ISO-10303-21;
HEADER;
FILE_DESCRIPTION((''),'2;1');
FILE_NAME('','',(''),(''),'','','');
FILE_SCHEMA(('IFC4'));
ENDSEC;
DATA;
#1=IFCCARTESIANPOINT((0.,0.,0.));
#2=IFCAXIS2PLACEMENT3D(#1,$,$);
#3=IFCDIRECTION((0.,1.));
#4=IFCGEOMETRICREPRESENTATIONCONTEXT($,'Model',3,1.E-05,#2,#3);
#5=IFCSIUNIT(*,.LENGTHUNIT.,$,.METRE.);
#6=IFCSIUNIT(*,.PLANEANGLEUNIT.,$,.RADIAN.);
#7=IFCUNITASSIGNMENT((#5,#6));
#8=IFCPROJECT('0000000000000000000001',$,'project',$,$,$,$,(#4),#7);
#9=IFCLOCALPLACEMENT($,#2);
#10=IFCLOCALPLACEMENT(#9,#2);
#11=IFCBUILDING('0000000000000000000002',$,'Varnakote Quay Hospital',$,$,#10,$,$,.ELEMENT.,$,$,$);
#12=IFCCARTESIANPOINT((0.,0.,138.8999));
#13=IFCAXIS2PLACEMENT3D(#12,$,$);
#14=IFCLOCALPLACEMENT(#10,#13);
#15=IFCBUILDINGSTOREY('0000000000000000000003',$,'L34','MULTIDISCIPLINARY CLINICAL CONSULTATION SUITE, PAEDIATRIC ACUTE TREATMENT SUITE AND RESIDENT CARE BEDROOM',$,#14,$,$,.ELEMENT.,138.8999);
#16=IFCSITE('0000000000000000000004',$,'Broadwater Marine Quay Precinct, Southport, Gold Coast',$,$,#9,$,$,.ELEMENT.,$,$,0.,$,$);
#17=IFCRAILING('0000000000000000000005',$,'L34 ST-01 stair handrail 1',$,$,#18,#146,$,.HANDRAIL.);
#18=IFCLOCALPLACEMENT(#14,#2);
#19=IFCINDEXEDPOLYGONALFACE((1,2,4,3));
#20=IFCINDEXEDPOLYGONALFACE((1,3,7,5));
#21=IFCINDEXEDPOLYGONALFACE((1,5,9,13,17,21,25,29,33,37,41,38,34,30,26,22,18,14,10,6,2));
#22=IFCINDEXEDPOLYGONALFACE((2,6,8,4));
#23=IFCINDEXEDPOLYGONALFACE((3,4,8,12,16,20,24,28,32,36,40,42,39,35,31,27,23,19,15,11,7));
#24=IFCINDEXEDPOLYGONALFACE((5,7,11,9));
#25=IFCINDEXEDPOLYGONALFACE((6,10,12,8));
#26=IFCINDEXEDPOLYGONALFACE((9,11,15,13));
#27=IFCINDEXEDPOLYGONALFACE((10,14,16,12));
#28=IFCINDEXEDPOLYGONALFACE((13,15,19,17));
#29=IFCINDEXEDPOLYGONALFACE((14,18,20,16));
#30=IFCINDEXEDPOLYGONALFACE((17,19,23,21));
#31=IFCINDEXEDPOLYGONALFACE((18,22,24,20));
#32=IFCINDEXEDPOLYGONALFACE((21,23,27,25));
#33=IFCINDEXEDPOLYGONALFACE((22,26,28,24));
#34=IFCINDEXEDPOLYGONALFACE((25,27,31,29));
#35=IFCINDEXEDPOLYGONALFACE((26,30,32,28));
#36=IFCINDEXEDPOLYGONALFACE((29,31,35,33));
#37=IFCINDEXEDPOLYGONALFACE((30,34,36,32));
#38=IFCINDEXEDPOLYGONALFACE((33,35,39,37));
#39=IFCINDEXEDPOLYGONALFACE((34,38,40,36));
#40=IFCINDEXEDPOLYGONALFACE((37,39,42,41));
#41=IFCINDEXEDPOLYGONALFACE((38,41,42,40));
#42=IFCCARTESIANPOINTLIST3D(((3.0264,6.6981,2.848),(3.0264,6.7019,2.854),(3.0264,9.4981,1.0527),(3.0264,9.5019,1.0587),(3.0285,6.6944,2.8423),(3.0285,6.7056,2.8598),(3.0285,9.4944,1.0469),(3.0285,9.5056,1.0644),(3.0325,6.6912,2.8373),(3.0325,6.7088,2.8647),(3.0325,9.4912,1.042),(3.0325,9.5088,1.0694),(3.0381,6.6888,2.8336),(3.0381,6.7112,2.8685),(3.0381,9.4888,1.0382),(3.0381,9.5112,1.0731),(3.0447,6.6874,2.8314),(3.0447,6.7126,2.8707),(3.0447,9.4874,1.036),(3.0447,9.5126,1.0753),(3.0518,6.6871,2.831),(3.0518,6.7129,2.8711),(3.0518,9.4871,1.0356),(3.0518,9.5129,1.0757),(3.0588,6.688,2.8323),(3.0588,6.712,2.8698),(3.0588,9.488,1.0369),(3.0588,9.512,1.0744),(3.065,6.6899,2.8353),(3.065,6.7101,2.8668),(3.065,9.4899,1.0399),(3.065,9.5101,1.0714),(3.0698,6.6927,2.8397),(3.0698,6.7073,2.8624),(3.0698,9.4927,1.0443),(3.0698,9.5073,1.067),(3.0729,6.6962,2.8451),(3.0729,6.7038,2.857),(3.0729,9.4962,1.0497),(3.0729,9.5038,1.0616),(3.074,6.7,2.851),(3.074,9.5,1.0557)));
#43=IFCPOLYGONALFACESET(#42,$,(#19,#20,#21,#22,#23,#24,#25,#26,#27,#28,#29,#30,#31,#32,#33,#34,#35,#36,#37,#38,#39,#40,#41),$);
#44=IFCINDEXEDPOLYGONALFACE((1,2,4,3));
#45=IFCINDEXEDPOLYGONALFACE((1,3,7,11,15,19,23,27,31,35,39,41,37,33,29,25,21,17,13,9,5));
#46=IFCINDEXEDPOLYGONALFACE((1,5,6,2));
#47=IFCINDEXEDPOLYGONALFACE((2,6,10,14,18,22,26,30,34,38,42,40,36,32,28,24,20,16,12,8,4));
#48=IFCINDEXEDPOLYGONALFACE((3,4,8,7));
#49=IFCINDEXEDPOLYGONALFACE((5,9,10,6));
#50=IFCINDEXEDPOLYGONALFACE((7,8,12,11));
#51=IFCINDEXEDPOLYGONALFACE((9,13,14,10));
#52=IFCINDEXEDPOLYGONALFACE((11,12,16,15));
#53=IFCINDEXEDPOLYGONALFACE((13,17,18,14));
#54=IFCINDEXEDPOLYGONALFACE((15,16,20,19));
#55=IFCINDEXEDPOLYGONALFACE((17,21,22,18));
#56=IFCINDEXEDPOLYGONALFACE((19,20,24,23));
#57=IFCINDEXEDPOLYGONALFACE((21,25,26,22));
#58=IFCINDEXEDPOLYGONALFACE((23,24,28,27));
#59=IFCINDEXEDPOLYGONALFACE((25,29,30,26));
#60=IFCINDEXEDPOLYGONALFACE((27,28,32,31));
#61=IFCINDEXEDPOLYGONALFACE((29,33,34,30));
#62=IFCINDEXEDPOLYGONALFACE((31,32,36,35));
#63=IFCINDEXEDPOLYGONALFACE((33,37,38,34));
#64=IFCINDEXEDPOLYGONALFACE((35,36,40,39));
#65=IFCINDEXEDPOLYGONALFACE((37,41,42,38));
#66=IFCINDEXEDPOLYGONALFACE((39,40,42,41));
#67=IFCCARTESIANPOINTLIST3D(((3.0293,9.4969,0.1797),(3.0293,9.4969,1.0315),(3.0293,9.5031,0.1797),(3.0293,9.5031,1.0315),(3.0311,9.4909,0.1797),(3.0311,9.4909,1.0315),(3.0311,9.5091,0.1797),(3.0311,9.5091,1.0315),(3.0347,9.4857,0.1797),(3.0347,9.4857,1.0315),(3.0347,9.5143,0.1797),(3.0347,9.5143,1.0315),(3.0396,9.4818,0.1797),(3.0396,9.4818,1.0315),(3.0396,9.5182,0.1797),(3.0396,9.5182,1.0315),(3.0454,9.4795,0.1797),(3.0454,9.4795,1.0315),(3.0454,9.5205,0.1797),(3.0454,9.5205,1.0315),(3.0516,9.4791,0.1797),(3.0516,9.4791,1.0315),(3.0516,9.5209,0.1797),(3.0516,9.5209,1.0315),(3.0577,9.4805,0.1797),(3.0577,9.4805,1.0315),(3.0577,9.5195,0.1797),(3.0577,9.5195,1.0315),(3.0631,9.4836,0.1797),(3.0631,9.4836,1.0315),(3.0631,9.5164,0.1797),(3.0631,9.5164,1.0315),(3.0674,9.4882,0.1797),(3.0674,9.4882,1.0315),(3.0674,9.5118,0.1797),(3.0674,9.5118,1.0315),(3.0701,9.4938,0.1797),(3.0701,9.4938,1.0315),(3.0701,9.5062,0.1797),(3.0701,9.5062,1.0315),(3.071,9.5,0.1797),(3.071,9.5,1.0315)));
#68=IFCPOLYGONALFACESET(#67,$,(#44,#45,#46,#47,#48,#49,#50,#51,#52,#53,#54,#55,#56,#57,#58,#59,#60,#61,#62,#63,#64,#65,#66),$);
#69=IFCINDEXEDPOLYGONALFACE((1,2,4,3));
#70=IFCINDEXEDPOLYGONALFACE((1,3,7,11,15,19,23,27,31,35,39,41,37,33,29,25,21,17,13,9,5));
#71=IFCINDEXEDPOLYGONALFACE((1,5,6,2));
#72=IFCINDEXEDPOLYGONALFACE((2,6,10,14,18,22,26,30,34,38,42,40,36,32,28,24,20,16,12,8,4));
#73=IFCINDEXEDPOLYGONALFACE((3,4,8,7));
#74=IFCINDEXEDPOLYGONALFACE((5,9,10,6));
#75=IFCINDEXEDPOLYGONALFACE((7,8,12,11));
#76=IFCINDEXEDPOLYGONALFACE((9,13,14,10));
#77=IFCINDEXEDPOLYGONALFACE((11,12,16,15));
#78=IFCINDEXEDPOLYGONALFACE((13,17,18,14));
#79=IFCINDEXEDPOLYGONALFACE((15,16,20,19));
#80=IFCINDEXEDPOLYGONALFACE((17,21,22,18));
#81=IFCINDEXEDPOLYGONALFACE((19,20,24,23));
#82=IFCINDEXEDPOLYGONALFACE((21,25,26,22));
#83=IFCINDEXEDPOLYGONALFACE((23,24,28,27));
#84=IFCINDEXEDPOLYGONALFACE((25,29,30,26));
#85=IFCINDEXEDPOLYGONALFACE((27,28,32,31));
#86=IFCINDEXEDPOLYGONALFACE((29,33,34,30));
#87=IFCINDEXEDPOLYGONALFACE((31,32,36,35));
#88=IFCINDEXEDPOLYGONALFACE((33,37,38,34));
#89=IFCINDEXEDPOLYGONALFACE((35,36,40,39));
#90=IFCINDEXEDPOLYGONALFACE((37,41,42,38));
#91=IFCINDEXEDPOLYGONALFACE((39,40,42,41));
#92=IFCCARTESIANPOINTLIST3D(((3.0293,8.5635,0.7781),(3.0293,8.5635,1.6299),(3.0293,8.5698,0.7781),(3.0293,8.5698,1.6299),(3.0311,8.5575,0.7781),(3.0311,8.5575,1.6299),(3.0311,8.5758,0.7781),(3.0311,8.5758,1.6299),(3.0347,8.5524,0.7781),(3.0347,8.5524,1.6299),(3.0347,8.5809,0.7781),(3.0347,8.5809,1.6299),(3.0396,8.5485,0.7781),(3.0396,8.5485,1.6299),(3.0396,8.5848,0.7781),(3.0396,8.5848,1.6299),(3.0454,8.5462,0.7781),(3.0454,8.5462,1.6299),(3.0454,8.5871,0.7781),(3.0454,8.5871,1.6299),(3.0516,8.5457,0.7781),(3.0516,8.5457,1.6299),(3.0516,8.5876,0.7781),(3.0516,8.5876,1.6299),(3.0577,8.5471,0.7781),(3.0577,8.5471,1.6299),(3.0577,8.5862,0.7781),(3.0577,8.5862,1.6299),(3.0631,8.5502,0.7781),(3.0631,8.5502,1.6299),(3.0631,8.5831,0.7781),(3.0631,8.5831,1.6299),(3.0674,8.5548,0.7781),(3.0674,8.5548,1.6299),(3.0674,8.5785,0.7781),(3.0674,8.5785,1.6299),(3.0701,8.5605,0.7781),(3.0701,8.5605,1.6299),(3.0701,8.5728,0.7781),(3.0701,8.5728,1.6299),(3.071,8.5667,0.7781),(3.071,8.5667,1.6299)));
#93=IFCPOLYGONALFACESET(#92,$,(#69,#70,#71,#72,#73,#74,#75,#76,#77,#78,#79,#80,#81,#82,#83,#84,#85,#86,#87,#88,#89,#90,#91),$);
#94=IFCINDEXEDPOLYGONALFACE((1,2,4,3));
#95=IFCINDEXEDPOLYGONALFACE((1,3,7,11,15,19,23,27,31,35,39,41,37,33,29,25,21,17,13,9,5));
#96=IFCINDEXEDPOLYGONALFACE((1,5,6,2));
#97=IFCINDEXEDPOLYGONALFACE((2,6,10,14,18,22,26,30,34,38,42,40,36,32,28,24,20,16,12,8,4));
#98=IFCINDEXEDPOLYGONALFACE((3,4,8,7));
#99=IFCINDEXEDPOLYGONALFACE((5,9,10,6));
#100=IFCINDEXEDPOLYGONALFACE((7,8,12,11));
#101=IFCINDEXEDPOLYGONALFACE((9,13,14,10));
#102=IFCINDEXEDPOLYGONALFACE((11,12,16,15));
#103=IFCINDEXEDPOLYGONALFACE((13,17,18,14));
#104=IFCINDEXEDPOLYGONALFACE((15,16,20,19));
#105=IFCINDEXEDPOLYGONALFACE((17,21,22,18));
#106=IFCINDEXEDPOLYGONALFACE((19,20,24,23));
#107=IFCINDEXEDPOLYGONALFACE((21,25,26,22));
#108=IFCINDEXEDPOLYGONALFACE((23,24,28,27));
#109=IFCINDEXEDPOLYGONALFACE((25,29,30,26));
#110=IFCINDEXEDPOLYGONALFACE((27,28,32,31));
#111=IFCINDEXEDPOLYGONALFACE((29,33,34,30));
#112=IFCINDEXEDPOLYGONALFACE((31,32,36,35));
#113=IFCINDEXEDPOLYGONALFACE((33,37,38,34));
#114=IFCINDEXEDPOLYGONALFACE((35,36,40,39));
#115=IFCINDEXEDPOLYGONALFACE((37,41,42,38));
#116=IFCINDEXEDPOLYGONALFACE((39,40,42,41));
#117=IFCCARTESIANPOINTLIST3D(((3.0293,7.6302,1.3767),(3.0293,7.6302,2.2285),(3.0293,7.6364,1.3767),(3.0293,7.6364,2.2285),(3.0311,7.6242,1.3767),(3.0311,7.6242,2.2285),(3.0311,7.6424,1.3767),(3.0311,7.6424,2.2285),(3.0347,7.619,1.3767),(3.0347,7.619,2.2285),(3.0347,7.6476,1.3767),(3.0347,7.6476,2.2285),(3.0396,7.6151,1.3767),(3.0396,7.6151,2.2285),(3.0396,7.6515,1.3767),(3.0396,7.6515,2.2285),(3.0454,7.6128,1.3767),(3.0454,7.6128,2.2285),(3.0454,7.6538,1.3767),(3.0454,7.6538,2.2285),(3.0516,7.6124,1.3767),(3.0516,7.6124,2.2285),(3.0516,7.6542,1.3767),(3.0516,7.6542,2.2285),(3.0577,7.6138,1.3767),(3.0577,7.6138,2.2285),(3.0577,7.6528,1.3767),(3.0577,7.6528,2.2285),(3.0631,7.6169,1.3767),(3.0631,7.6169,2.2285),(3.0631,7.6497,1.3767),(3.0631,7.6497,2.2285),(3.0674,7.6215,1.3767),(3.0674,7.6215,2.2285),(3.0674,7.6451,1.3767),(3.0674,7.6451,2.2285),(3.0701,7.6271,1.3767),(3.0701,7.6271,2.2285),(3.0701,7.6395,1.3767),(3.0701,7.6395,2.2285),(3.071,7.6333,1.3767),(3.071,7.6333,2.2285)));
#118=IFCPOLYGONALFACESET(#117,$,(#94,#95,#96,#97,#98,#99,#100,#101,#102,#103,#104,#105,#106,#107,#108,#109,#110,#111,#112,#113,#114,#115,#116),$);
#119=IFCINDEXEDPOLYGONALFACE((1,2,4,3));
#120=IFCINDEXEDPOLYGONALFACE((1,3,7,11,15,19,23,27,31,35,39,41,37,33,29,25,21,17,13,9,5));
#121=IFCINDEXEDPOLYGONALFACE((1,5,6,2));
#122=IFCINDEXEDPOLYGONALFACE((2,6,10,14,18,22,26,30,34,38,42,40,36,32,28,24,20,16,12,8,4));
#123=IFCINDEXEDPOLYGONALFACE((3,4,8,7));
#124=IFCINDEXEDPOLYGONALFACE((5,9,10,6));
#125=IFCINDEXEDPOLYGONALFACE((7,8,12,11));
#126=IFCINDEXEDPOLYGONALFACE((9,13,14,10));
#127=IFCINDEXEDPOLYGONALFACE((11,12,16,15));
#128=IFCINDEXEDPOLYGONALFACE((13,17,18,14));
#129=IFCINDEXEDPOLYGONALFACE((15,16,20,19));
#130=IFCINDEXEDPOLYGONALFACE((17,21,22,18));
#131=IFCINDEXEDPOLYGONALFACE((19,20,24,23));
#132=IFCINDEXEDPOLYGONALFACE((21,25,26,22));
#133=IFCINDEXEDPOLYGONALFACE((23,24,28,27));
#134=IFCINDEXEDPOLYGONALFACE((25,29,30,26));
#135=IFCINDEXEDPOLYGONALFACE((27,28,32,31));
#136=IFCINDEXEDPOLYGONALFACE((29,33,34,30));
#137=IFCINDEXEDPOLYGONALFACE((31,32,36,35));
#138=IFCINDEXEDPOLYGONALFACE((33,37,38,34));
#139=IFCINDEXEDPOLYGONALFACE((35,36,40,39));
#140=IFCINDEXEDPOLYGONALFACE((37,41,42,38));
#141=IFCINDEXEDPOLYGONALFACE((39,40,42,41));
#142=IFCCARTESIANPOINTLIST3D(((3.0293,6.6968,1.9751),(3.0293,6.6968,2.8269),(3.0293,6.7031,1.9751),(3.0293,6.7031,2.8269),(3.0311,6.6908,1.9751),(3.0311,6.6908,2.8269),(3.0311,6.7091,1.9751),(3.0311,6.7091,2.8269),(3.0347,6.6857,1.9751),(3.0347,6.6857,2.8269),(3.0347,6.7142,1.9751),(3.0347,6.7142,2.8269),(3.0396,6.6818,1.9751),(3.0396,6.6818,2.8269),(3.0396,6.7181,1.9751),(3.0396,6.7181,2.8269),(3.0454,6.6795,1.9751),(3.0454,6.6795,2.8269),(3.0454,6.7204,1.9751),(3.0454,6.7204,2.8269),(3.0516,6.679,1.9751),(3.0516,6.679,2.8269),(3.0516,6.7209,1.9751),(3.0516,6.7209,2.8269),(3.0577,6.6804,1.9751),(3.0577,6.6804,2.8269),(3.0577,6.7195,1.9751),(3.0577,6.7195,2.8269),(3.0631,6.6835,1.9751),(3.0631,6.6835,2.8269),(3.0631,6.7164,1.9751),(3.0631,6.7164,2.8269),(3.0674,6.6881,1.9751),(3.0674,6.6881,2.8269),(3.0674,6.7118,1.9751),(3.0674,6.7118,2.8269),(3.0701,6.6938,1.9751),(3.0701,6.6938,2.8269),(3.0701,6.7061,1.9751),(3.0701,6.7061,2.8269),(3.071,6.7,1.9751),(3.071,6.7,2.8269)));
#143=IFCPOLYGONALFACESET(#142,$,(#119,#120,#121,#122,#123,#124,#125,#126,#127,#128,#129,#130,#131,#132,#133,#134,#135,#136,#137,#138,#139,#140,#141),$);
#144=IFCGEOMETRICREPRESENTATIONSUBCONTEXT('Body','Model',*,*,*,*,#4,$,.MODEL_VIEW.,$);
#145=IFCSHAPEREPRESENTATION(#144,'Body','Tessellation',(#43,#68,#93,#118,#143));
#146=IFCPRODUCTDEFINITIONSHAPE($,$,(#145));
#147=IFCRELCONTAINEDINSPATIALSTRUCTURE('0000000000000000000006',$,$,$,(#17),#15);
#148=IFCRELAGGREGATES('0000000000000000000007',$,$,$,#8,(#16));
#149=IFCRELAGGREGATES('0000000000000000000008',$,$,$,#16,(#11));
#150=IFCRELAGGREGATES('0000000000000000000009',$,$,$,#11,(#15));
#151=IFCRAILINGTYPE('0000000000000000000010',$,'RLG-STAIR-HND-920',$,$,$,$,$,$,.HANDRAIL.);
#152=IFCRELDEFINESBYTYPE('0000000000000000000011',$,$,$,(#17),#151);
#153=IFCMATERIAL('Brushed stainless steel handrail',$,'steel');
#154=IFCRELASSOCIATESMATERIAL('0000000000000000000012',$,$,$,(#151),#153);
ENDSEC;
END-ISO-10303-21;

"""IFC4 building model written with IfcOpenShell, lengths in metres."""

from ifc_helpers import new_model, si_unit, direction, frame, origin, origin_2d, place, context, subcontext, project, spatial, circle, extrude, material, type_object, element, save


model = new_model("IFC4")

# Units and contexts
model_context = context("Model", 3, precision=1e-05, world=origin(), true_north=direction((0.0, 1.0)))
body_context = subcontext(model_context, "Body", "Model", "MODEL_VIEW")
ifc_project = project(units=[si_unit("LENGTHUNIT", "METRE"), si_unit("PLANEANGLEUNIT", "RADIAN")], contexts=[model_context])

# Site, building, storey
site_placement = place(None, origin())
site = spatial("IfcSite", under=ifc_project, at=site_placement, Name="Broadwater Marine Quay Precinct, Southport, Gold Coast", CompositionType="ELEMENT", RefElevation=0.0)
building_placement = place(site_placement, origin())
building = spatial("IfcBuilding", under=site, at=building_placement, Name="Varnakote Quay Hospital", CompositionType="ELEMENT")
storey_placement = place(building_placement, frame((0.0, 0.0, 138.8999)))
storey = spatial("IfcBuildingStorey", under=building, at=storey_placement, Name="L34", Description="MULTIDISCIPLINARY CLINICAL CONSULTATION SUITE, PAEDIATRIC ACUTE TREATMENT SUITE AND RESIDENT CARE BEDROOM", CompositionType="ELEMENT", Elevation=138.8999)

# Railing
ifc_material_1 = material(Name="Brushed stainless steel handrail", Category="steel")
railing_type_1 = type_object("IfcRailingType", Name="RLG-STAIR-HND-920", PredefinedType="HANDRAIL", material=ifc_material_1)
railing_1_placement = place(storey_placement, frame((3.05, 9.5, 0.1797)))
element("IfcRailing", 1, at=railing_1_placement, inside=storey, type_object=railing_type_1, Name="L34 ST-01 stair handrail 1", PredefinedType="HANDRAIL", context=body_context, shape_type="SweptSolid", body=[
    extrude(circle(Radius=0.0239, at=origin_2d()), frame((0.0, 0.0, 0.876), z_axis=(0.0, -0.84181, 0.539774), x_axis=(1.0, 0.0, 0.0)), (0.0, 0.0, 1.0), 3.3262),
    extrude(circle(Radius=0.021, at=origin_2d()), origin(), (0.0, 0.0, 1.0), 0.8518),
    extrude(circle(Radius=0.021, at=origin_2d()), frame((0.0, -0.9333, 0.5984)), (0.0, 0.0, 1.0), 0.8518),
    extrude(circle(Radius=0.021, at=origin_2d()), frame((0.0, -1.8667, 1.197)), (0.0, 0.0, 1.0), 0.8518),
    extrude(circle(Radius=0.021, at=origin_2d()), frame((0.0, -2.8, 1.7954)), (0.0, 0.0, 1.0), 0.8518),
])

save(model, "model.ifc")
